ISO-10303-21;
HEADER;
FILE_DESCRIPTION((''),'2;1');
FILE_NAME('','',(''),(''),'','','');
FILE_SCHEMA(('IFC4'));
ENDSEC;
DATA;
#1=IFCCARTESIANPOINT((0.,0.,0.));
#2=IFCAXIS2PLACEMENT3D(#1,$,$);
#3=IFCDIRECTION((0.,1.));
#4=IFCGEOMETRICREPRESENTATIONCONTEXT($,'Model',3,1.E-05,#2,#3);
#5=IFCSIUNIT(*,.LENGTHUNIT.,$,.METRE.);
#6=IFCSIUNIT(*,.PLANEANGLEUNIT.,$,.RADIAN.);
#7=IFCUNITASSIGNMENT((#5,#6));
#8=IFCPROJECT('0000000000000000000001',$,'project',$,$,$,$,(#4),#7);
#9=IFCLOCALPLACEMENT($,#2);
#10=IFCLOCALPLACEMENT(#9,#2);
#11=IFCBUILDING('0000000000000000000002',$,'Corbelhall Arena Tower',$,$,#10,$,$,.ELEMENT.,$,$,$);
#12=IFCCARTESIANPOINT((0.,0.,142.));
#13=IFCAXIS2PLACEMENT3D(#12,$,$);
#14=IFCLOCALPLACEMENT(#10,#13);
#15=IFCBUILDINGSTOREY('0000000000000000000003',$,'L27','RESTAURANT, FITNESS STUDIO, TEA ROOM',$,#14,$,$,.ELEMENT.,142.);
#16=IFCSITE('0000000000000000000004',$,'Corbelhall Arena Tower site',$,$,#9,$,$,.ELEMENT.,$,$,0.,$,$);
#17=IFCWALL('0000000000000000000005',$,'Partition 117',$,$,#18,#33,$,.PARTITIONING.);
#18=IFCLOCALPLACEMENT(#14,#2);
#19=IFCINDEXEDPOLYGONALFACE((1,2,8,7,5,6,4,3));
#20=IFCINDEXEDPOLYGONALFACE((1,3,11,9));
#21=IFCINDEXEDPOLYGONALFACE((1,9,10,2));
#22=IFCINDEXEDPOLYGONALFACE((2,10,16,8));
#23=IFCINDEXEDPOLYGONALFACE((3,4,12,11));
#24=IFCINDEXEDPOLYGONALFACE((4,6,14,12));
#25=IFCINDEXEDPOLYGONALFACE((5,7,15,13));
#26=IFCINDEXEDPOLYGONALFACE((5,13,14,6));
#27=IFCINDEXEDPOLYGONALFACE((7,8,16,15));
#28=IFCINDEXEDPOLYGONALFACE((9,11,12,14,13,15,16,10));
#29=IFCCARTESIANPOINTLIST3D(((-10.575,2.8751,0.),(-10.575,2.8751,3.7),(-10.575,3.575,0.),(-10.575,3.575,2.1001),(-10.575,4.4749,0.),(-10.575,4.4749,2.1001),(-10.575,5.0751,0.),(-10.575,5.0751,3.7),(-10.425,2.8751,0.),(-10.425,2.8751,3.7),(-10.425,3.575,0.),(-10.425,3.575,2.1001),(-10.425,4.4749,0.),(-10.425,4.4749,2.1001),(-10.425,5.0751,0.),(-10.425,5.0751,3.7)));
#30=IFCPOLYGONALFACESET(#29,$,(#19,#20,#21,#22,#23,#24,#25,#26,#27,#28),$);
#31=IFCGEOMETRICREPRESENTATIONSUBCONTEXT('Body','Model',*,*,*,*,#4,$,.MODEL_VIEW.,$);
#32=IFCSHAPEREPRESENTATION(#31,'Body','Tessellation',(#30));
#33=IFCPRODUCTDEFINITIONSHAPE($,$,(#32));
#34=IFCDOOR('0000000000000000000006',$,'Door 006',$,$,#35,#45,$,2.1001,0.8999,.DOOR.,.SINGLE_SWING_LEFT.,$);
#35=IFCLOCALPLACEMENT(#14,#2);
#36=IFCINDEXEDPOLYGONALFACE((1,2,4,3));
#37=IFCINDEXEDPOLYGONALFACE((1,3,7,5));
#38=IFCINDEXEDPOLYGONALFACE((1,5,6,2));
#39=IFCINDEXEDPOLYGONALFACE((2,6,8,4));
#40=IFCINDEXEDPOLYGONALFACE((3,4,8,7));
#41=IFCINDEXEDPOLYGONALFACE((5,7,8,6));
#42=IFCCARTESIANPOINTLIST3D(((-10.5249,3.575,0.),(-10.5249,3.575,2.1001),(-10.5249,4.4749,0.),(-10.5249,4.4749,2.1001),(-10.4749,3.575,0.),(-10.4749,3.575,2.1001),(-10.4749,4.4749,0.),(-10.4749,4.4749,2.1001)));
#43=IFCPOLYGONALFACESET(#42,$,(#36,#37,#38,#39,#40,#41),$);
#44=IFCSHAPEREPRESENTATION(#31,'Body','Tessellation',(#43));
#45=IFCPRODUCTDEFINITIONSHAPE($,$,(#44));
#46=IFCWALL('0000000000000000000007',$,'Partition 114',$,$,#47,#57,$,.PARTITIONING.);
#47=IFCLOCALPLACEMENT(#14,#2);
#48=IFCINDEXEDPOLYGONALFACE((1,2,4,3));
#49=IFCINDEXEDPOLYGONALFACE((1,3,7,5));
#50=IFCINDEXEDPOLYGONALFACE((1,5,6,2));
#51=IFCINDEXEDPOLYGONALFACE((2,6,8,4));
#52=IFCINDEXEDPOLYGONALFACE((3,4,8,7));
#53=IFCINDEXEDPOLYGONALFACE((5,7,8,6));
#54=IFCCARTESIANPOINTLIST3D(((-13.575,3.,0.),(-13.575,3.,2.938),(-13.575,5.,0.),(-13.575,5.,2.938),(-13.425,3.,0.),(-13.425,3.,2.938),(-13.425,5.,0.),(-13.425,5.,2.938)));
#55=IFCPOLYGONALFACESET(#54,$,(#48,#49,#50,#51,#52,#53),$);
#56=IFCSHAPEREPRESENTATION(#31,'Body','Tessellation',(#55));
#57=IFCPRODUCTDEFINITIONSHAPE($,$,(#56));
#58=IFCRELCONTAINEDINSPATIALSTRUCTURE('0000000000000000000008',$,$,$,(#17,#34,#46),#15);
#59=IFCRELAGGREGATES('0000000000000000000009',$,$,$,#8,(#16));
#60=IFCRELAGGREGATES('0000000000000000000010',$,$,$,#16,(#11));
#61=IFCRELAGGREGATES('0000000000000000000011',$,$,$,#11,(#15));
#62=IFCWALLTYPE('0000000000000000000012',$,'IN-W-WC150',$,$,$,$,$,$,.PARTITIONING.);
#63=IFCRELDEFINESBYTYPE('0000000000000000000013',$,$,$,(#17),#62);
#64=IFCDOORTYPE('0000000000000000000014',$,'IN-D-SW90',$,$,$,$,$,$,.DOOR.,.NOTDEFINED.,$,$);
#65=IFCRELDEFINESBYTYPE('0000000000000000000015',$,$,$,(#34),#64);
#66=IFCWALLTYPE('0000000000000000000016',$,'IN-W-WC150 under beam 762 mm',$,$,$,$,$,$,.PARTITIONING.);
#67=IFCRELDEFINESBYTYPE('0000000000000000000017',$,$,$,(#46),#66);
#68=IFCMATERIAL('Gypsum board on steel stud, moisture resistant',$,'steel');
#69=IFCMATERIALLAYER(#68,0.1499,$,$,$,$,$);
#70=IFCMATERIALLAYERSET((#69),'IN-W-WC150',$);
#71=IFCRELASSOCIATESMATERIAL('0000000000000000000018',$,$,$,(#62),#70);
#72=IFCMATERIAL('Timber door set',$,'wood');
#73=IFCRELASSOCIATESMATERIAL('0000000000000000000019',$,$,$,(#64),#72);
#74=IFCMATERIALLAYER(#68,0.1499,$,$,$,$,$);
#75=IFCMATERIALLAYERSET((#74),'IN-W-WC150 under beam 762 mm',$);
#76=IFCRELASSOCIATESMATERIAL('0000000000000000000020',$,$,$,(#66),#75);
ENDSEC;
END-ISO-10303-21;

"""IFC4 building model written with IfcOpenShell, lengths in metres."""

from ifc_helpers import new_model, si_unit, direction, frame, frame_2d, origin, place, context, subcontext, project, spatial, rectangle, extrude, material, layer, layer_set, type_object, element, fill, save


model = new_model("IFC4")

# Units and contexts
model_context = context("Model", 3, precision=1e-05, world=origin(), true_north=direction((0.0, 1.0)))
body_context = subcontext(model_context, "Body", "Model", "MODEL_VIEW")
ifc_project = project(units=[si_unit("LENGTHUNIT", "METRE"), si_unit("PLANEANGLEUNIT", "RADIAN")], contexts=[model_context])

# Site, building, storey
site_placement = place(None, origin())
site = spatial("IfcSite", under=ifc_project, at=site_placement, Name="Corbelhall Arena Tower site", CompositionType="ELEMENT", RefElevation=0.0)
building_placement = place(site_placement, origin())
building = spatial("IfcBuilding", under=site, at=building_placement, Name="Corbelhall Arena Tower", CompositionType="ELEMENT")
storey_placement = place(building_placement, frame((0.0, 0.0, 142.0)))
storey = spatial("IfcBuildingStorey", under=building, at=storey_placement, Name="L27", Description="RESTAURANT, FITNESS STUDIO, TEA ROOM", CompositionType="ELEMENT", Elevation=142.0)

# Shared definitions
ifc_material_1 = material(Name="Gypsum board on steel stud, moisture resistant", Category="steel")
ifc_layer_1 = layer(ifc_material_1, 0.1499)
ifc_layer_set_1 = layer_set([ifc_layer_1], Name="IN-W-WC150")
wall_type_1 = type_object("IfcWallType", Name="IN-W-WC150", PredefinedType="PARTITIONING", material=ifc_layer_set_1)

# Wall, opening, door
wall_1_placement = place(storey_placement, frame((-10.5, 2.875, 0.0), z_axis=(0.0, 0.0, 1.0), x_axis=(0.0, 1.0, 0.0)))
wall_1 = element("IfcWall", 1, at=wall_1_placement, inside=storey, type_object=wall_type_1, Name="Partition 117", PredefinedType="PARTITIONING", context=body_context, shape_type="SweptSolid", body=[
    extrude(rectangle(XDim=2.2, YDim=0.1499, at=frame_2d((1.1001, 0.0))), origin(), (0.0, 0.0, 1.0), 3.7),
])
opening_1_placement = place(wall_1_placement, frame((0.7, 0.0, 0.0)))
opening_1 = element("IfcOpeningElement", 2, at=opening_1_placement, cuts=wall_1, PredefinedType="OPENING", context=body_context, shape_type="SweptSolid", body=[
    extrude(rectangle(XDim=0.8999, YDim=2.1001, at=frame_2d((0.45, 1.05))), frame((0.0, 0.075, 0.0), z_axis=(0.0, -1.0, 0.0), x_axis=(1.0, 0.0, 0.0)), (0.0, 0.0, 1.0), 0.1499),
])
ifc_material_2 = material(Name="Timber door set", Category="wood")
door_type_1 = type_object("IfcDoorType", Name="IN-D-SW90", OperationType="NOTDEFINED", PredefinedType="DOOR", material=ifc_material_2)
door_1_placement = place(opening_1_placement, origin())
door_1 = element("IfcDoor", 3, at=door_1_placement, inside=storey, type_object=door_type_1, Name="Door 006", OperationType="SINGLE_SWING_LEFT", OverallHeight=2.1001, OverallWidth=0.8999, PredefinedType="DOOR", context=body_context, shape_type="SweptSolid", body=[
    extrude(rectangle(XDim=0.8999, YDim=2.1001, at=frame_2d((0.45, 1.05))), frame((0.0, 0.0249, 0.0), z_axis=(0.0, -1.0, 0.0), x_axis=(1.0, 0.0, 0.0)), (0.0, 0.0, 1.0), 0.05),
])
fill(opening_1, door_1)

# Wall
ifc_layer_2 = layer(ifc_material_1, 0.1499)
ifc_layer_set_2 = layer_set([ifc_layer_2], Name="IN-W-WC150 under beam 762 mm")
wall_type_2 = type_object("IfcWallType", Name="IN-W-WC150 under beam 762 mm", PredefinedType="PARTITIONING", material=ifc_layer_set_2)
wall_2_placement = place(storey_placement, frame((-13.5, 3.0, 0.0), z_axis=(0.0, 0.0, 1.0), x_axis=(0.0, 1.0, 0.0)))
element("IfcWall", 4, at=wall_2_placement, inside=storey, type_object=wall_type_2, Name="Partition 114", PredefinedType="PARTITIONING", context=body_context, shape_type="SweptSolid", body=[
    extrude(rectangle(XDim=2.0, YDim=0.1499, at=frame_2d((1.0, 0.0))), origin(), (0.0, 0.0, 1.0), 2.938),
])

save(model, "model.ifc")
